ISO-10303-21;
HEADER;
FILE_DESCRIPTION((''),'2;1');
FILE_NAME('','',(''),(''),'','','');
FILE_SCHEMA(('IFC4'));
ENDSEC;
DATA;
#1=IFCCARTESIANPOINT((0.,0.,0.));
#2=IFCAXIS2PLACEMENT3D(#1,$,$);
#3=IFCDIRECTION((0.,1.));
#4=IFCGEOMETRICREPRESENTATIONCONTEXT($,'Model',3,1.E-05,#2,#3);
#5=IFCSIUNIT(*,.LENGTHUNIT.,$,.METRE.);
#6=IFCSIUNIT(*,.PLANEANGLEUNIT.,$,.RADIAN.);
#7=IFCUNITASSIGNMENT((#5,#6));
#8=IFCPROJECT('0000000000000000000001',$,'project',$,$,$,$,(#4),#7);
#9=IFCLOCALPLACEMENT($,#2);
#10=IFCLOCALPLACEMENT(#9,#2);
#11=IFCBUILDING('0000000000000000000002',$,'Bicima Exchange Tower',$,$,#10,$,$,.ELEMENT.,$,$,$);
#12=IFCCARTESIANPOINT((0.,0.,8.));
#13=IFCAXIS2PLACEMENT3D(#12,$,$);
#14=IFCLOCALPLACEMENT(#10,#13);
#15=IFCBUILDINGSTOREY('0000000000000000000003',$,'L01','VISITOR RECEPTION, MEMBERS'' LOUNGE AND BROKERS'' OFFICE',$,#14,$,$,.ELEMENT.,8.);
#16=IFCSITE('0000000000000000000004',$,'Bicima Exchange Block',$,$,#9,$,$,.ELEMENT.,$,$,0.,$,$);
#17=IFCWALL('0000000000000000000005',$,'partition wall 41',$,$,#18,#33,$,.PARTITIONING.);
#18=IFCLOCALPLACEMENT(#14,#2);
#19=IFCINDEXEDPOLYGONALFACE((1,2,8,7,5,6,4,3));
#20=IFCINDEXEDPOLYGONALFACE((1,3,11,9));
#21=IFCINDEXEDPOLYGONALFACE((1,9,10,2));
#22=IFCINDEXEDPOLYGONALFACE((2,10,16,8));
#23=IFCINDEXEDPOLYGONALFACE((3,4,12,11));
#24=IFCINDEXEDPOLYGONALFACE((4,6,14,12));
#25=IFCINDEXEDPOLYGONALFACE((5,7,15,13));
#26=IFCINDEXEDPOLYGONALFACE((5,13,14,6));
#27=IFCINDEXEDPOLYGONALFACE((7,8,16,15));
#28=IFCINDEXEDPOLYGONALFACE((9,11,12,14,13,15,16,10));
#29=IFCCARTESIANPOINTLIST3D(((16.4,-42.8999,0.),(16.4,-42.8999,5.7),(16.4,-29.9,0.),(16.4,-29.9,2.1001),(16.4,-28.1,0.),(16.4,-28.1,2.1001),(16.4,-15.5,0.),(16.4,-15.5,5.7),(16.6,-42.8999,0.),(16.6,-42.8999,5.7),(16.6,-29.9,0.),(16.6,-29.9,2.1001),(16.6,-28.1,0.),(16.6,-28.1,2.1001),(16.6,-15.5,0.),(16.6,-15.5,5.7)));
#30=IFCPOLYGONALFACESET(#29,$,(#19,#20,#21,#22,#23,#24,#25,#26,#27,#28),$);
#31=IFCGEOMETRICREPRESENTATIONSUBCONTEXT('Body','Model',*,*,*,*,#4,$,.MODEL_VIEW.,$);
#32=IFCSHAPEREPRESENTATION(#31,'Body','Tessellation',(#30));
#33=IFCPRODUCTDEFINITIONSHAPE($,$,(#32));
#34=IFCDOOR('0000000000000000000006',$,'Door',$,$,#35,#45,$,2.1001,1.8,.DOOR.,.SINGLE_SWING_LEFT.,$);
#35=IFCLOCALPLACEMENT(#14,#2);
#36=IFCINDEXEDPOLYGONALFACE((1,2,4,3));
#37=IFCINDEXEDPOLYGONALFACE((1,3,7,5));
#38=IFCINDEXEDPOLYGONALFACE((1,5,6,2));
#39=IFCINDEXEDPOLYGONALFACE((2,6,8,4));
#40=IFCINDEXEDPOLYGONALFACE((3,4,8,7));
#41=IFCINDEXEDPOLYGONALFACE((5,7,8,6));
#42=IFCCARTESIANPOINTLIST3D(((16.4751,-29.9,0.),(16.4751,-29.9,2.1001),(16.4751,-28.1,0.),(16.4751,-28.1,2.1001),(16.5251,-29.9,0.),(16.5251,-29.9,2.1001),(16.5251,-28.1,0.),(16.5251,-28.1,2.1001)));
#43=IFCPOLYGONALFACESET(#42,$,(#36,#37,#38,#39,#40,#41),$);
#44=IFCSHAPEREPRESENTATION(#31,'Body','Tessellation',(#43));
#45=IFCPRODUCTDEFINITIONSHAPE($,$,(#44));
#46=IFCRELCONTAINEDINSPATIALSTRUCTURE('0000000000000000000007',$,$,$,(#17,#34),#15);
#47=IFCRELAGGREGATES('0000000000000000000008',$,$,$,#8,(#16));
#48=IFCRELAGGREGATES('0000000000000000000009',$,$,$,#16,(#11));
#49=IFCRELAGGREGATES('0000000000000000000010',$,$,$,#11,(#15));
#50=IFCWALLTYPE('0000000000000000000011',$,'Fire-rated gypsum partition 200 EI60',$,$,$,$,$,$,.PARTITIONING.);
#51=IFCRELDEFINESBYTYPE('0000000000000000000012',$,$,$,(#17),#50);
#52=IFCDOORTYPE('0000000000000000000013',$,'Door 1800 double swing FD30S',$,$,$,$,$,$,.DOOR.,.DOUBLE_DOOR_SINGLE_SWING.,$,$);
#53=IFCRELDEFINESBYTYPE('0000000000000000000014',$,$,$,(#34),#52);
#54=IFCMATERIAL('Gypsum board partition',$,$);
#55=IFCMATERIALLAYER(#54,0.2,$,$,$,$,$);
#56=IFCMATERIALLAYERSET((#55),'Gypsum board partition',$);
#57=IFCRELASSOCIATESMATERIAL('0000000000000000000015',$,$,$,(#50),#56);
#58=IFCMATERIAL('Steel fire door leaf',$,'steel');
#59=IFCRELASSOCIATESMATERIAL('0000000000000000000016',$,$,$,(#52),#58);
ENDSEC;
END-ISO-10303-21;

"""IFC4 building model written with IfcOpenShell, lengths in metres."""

from ifc_helpers import new_model, si_unit, direction, frame, frame_2d, origin, place, context, subcontext, project, spatial, rectangle, extrude, material, layer, layer_set, type_object, element, fill, save


model = new_model("IFC4")

# Units and contexts
model_context = context("Model", 3, precision=1e-05, world=origin(), true_north=direction((0.0, 1.0)))
body_context = subcontext(model_context, "Body", "Model", "MODEL_VIEW")
ifc_project = project(units=[si_unit("LENGTHUNIT", "METRE"), si_unit("PLANEANGLEUNIT", "RADIAN")], contexts=[model_context])

# Site, building, storey
site_placement = place(None, origin())
site = spatial("IfcSite", under=ifc_project, at=site_placement, Name="Bicima Exchange Block", CompositionType="ELEMENT", RefElevation=0.0)
building_placement = place(site_placement, origin())
building = spatial("IfcBuilding", under=site, at=building_placement, Name="Bicima Exchange Tower", CompositionType="ELEMENT")
storey_placement = place(building_placement, frame((0.0, 0.0, 8.0)))
storey = spatial("IfcBuildingStorey", under=building, at=storey_placement, Name="L01", Description="VISITOR RECEPTION, MEMBERS' LOUNGE AND BROKERS' OFFICE", CompositionType="ELEMENT", Elevation=8.0)

# Shared definitions
ifc_material_1 = material(Name="Gypsum board partition")
ifc_layer_1 = layer(ifc_material_1, 0.2)
ifc_layer_set_1 = layer_set([ifc_layer_1], Name="Gypsum board partition")
wall_type = type_object("IfcWallType", Name="Fire-rated gypsum partition 200 EI60", PredefinedType="PARTITIONING", material=ifc_layer_set_1)
ifc_material_2 = material(Name="Steel fire door leaf", Category="steel")

# Wall, opening, door
wall_1_placement = place(storey_placement, frame((16.5, -42.8999, 0.0), z_axis=(0.0, 0.0, 1.0), x_axis=(0.0, 1.0, 0.0)))
wall_1 = element("IfcWall", 1, at=wall_1_placement, inside=storey, type_object=wall_type, Name="partition wall 41", PredefinedType="PARTITIONING", context=body_context, shape_type="SweptSolid", body=[
    extrude(rectangle(XDim=27.3999, YDim=0.2, at=frame_2d((13.7, 0.0))), origin(), (0.0, 0.0, 1.0), 5.7),
])
opening_1_placement = place(wall_1_placement, frame((13.0, 0.0, 0.0)))
opening_1 = element("IfcOpeningElement", 2, at=opening_1_placement, cuts=wall_1, PredefinedType="OPENING", context=body_context, shape_type="SweptSolid", body=[
    extrude(rectangle(XDim=1.8, YDim=2.1001, at=frame_2d((0.8999, 1.05))), frame((0.0, 0.1118, 0.0), z_axis=(0.0, -1.0, 0.0), x_axis=(1.0, 0.0, 0.0)), (0.0, 0.0, 1.0), 0.2239),
])
door_type_1 = type_object("IfcDoorType", Name="Door 1800 double swing FD30S", OperationType="DOUBLE_DOOR_SINGLE_SWING", PredefinedType="DOOR", material=ifc_material_2)
door_1_placement = place(opening_1_placement, origin())
door_1 = element("IfcDoor", 3, at=door_1_placement, inside=storey, type_object=door_type_1, Name="Door", OperationType="SINGLE_SWING_LEFT", OverallHeight=2.1001, OverallWidth=1.8, PredefinedType="DOOR", context=body_context, shape_type="SweptSolid", body=[
    extrude(rectangle(XDim=1.8, YDim=2.1001, at=frame_2d((0.8999, 1.05))), frame((0.0, 0.0249, 0.0), z_axis=(0.0, -1.0, 0.0), x_axis=(1.0, 0.0, 0.0)), (0.0, 0.0, 1.0), 0.05),
])
fill(opening_1, door_1)

save(model, "model.ifc")
